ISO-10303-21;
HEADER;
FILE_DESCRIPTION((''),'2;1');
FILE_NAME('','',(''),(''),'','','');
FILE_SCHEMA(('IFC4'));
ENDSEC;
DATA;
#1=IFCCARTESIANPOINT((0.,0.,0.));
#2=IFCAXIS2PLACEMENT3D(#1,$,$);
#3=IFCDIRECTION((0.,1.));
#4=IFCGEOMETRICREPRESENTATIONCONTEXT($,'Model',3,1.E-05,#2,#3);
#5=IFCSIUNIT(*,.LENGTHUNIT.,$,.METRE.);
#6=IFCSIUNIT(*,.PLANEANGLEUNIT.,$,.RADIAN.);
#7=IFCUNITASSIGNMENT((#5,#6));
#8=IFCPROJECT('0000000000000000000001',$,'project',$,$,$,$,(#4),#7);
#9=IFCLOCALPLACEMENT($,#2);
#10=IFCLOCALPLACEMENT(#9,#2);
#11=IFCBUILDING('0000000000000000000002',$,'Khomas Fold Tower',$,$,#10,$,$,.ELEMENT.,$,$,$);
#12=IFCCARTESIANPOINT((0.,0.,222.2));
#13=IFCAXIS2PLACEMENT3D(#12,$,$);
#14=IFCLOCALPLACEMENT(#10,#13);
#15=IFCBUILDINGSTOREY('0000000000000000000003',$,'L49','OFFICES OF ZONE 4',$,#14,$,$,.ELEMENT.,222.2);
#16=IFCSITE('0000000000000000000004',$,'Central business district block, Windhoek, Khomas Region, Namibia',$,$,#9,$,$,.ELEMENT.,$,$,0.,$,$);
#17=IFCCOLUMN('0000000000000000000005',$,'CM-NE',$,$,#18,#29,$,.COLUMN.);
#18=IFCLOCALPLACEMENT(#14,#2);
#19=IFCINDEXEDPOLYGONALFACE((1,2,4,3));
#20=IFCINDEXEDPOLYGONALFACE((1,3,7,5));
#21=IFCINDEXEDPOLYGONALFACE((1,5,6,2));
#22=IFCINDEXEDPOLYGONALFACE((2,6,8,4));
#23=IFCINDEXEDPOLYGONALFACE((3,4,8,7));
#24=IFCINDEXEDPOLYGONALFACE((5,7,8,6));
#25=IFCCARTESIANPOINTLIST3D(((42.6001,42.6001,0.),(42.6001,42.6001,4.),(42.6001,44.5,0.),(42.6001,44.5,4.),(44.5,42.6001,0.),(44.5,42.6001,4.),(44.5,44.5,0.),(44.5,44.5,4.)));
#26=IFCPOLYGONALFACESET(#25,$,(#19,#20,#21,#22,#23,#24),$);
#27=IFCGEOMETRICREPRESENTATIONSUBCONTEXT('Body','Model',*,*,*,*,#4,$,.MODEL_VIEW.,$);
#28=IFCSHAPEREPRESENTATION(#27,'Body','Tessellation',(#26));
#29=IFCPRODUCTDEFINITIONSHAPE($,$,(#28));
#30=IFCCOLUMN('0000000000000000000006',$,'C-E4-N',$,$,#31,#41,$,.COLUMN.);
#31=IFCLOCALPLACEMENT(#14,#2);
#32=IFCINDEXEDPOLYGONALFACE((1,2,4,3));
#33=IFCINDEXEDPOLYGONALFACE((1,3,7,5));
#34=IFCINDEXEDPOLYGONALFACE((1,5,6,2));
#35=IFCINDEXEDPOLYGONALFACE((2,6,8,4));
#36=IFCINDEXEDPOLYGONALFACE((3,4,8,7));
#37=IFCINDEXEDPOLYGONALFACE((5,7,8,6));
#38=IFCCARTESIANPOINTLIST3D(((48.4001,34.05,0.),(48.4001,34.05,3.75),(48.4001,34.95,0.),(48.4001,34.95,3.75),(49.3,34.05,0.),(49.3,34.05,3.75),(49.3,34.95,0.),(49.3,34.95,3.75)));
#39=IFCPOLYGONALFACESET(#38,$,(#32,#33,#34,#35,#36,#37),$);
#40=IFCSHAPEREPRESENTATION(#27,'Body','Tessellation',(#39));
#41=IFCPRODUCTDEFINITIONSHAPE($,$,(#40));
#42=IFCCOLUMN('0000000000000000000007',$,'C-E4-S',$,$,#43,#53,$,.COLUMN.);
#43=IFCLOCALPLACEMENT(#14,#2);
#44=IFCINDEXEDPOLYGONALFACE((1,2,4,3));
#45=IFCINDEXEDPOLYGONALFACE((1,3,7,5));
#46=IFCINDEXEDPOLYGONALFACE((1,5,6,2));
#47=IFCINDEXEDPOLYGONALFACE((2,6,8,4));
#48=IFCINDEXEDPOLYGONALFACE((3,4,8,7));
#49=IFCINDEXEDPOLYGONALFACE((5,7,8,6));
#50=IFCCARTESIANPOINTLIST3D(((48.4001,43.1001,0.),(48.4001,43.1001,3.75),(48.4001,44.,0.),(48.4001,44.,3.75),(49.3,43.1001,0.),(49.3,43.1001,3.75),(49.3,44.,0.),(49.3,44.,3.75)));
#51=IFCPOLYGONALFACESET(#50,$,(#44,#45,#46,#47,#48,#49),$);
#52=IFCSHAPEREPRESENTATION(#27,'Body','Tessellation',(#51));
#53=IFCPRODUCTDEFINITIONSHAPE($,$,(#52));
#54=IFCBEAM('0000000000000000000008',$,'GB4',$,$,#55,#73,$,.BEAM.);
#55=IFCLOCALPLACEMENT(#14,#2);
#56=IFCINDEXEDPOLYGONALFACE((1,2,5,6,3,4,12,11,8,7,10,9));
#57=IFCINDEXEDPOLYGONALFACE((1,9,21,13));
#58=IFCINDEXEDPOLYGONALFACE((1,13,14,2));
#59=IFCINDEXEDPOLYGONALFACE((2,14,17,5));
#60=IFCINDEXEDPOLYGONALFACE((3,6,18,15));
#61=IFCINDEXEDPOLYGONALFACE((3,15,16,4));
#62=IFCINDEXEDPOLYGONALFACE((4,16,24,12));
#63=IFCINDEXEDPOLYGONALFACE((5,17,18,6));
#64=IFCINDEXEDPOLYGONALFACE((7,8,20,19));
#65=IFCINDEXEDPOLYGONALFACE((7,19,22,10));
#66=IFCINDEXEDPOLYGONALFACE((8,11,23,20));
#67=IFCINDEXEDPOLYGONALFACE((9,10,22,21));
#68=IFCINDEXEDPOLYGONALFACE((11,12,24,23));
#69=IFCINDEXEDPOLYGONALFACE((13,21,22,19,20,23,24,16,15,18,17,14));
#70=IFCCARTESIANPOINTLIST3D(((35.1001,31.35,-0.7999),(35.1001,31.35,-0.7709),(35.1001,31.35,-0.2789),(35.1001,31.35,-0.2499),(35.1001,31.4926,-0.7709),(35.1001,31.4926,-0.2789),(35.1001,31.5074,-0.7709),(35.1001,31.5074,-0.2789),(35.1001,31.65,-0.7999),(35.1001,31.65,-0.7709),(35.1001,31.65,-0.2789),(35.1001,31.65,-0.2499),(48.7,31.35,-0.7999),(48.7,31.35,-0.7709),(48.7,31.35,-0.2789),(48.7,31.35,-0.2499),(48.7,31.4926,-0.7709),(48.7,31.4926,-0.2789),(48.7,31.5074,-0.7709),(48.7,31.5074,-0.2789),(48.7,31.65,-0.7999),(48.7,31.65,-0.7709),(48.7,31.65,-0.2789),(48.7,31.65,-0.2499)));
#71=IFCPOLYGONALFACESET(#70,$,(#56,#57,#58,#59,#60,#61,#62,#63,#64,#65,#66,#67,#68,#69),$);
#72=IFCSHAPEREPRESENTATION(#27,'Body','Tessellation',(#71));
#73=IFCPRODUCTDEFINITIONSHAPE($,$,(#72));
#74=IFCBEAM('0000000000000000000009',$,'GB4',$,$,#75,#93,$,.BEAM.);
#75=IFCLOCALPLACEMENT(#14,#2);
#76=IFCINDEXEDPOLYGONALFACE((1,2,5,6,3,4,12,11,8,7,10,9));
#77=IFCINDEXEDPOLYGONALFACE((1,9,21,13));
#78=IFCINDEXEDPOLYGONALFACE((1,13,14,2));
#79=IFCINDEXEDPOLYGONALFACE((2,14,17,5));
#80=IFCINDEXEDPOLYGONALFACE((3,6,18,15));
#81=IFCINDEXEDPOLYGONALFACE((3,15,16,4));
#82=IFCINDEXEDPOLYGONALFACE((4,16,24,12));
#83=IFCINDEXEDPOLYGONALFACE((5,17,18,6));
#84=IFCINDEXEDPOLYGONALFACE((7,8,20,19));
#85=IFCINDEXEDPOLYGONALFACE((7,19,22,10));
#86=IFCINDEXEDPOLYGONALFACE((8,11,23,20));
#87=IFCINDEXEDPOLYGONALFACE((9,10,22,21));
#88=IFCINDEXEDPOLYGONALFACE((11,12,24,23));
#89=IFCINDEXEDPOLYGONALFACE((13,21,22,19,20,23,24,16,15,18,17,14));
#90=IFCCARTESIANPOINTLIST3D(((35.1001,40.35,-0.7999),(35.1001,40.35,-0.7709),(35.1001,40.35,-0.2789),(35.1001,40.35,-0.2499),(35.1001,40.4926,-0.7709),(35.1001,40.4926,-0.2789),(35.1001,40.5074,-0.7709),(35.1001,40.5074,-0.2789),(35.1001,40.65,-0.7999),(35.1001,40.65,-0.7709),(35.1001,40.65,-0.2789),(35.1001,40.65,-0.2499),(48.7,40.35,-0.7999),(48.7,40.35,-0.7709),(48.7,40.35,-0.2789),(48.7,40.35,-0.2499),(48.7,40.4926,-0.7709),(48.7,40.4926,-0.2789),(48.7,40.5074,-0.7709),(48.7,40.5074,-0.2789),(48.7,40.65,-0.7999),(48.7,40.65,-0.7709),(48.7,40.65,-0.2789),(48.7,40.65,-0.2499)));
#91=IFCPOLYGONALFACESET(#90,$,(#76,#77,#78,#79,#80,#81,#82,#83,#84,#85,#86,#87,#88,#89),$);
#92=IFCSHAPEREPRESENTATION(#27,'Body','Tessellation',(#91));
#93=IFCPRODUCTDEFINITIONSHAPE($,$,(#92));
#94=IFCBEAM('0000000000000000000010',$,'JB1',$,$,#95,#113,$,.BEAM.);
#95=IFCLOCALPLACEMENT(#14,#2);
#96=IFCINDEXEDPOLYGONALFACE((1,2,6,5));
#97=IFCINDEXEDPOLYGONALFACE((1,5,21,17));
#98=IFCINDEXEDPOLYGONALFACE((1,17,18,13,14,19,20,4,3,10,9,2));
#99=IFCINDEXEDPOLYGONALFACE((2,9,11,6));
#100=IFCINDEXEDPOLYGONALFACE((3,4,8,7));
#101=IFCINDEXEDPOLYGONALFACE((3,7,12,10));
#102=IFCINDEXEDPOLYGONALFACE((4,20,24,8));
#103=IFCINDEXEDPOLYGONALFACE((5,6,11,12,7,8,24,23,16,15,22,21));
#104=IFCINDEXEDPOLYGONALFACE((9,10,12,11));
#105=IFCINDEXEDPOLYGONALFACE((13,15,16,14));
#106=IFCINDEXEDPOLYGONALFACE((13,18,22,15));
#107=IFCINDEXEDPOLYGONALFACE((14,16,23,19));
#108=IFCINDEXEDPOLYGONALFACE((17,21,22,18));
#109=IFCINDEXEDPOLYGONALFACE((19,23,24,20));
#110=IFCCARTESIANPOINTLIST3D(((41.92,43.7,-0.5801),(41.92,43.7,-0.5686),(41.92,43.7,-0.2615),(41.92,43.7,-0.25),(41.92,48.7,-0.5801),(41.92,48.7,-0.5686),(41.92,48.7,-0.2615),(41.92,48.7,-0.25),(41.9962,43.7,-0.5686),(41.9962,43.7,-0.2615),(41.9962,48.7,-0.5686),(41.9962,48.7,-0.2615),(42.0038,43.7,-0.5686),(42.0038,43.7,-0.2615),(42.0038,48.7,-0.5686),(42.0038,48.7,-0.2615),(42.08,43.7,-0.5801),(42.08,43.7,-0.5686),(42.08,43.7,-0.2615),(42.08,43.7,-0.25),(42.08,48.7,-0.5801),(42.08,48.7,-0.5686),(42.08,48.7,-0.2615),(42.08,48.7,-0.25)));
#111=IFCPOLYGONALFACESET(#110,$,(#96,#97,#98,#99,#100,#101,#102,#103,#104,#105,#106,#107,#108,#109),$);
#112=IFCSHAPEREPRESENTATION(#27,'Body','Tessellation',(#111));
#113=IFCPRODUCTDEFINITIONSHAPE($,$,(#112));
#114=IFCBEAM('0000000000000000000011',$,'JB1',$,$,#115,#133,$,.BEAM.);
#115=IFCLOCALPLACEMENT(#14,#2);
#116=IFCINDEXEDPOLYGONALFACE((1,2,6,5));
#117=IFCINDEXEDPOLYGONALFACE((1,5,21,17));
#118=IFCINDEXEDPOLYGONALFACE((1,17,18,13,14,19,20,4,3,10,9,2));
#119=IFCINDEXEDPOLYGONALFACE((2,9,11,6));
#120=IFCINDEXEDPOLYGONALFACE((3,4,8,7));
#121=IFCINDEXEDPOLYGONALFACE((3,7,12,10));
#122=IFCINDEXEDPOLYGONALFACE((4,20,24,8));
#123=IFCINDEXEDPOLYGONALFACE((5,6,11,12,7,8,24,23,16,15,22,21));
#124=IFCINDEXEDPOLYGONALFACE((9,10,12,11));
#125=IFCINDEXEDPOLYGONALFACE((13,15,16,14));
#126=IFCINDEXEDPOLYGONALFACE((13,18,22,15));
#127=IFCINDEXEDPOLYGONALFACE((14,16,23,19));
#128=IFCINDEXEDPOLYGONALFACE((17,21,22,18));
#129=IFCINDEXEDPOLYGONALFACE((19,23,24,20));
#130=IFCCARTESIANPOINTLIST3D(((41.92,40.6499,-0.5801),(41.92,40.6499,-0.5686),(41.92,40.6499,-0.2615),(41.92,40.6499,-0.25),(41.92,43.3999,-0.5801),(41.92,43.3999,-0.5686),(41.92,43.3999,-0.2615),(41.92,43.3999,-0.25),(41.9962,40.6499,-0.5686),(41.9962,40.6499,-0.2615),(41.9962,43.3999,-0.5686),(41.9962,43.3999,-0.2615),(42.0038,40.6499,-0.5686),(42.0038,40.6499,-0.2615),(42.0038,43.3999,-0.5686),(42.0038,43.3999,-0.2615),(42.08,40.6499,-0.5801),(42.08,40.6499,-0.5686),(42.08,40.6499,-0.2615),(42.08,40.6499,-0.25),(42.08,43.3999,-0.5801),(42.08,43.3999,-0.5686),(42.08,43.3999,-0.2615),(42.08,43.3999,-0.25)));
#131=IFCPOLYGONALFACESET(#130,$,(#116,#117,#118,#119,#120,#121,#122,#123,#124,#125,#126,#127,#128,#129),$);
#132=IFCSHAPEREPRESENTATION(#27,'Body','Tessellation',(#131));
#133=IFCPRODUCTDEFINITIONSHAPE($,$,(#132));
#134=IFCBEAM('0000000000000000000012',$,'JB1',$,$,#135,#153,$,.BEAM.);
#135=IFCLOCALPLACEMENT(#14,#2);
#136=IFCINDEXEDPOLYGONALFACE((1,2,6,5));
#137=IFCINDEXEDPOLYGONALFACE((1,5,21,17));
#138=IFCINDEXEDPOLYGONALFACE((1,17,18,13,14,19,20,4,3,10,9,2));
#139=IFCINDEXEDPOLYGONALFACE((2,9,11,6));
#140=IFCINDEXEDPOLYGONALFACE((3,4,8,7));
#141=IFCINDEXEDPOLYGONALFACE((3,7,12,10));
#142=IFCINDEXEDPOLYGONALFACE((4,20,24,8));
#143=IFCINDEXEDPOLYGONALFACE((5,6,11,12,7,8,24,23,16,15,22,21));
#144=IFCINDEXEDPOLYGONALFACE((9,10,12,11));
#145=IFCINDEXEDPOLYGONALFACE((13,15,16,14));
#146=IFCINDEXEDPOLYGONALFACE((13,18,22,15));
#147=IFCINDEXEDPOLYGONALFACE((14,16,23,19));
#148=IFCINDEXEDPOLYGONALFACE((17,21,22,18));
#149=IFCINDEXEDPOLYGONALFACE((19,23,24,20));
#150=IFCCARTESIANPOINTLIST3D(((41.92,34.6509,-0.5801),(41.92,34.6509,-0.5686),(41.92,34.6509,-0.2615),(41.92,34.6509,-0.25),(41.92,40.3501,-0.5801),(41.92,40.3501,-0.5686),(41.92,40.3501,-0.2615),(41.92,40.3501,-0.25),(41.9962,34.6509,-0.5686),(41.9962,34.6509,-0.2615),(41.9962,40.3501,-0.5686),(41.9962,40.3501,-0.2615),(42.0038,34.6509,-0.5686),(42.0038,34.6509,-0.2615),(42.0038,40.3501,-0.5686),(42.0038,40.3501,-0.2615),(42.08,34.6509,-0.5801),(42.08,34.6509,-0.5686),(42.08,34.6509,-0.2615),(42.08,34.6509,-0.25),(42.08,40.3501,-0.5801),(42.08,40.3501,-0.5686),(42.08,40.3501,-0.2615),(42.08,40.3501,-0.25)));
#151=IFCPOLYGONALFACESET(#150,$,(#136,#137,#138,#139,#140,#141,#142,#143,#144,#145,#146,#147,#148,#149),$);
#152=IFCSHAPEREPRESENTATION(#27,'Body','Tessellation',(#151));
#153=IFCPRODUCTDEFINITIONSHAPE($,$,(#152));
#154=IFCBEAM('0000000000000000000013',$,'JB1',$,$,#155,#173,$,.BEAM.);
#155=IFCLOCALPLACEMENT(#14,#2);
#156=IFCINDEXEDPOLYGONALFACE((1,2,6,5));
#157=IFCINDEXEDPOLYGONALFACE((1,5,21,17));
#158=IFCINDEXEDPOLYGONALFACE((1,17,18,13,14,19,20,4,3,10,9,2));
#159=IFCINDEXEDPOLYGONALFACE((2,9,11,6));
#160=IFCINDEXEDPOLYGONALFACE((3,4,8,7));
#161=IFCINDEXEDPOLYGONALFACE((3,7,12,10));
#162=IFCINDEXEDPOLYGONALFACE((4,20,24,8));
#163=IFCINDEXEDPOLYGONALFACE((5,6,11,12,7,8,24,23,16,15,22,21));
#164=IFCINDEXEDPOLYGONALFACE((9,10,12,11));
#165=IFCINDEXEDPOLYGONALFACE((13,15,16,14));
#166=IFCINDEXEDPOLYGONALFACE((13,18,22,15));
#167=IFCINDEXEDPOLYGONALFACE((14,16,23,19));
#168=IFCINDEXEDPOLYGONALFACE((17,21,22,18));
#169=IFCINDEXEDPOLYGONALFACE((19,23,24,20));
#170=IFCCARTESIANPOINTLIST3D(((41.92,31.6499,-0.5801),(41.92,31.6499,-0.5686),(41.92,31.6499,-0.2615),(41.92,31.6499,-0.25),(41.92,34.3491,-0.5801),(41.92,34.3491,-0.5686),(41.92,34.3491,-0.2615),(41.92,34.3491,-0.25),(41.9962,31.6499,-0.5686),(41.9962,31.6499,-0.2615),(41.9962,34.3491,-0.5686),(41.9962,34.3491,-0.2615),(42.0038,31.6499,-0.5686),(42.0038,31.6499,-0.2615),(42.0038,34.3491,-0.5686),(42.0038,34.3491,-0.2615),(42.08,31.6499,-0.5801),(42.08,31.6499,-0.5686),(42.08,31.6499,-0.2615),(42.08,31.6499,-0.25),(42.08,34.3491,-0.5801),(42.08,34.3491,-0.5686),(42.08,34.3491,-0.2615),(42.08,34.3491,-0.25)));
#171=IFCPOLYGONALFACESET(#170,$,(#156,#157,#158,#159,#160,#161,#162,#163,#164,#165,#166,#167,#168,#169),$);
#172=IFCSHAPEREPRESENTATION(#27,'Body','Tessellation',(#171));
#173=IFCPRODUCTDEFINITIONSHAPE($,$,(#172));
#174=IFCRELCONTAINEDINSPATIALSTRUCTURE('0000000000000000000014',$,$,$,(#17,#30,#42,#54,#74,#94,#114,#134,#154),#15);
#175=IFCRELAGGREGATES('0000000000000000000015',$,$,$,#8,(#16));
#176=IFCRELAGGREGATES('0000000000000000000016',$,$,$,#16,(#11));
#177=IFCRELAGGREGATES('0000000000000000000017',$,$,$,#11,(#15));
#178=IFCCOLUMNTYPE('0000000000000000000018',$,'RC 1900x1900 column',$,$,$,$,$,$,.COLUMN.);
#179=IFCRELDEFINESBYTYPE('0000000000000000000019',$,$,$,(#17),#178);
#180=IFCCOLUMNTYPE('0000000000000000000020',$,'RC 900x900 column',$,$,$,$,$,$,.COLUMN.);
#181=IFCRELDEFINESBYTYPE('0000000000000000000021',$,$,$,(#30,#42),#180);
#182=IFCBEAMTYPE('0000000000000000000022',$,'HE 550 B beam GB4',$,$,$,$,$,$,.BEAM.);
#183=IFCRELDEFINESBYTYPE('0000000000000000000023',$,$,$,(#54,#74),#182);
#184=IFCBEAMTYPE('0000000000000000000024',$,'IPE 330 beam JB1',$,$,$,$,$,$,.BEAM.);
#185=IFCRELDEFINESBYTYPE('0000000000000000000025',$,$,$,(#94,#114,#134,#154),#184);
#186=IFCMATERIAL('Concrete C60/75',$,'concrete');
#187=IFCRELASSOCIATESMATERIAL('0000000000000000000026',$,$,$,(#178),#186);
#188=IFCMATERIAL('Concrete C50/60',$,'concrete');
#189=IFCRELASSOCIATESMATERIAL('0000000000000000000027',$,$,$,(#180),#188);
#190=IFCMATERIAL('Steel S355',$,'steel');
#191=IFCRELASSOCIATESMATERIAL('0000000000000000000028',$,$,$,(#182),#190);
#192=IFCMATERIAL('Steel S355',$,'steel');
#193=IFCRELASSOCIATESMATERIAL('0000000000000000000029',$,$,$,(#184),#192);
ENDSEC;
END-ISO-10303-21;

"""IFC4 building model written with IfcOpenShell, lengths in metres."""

from ifc_helpers import new_model, si_unit, direction, frame, origin, origin_2d, place, context, subcontext, project, spatial, rectangle, i_section, extrude, source, transform, mapped, material, material_profile, profile_set, type_object, element, save


model = new_model("IFC4")

# Units and contexts
model_context = context("Model", 3, precision=1e-05, world=origin(), true_north=direction((0.0, 1.0)))
body_context = subcontext(model_context, "Body", "Model", "MODEL_VIEW")
ifc_project = project(units=[si_unit("LENGTHUNIT", "METRE"), si_unit("PLANEANGLEUNIT", "RADIAN")], contexts=[model_context])

# Site, building, storey
site_placement = place(None, origin())
site = spatial("IfcSite", under=ifc_project, at=site_placement, Name="Central business district block, Windhoek, Khomas Region, Namibia", CompositionType="ELEMENT", RefElevation=0.0)
building_placement = place(site_placement, origin())
building = spatial("IfcBuilding", under=site, at=building_placement, Name="Khomas Fold Tower", CompositionType="ELEMENT")
storey_placement = place(building_placement, frame((0.0, 0.0, 222.2)))
storey = spatial("IfcBuildingStorey", under=building, at=storey_placement, Name="L49", Description="OFFICES OF ZONE 4", CompositionType="ELEMENT", Elevation=222.2)

# Columns
ifc_material_1 = material(Name="Concrete C60/75", Category="concrete")
ifc_material_profile_1 = material_profile(ifc_material_1, rectangle(XDim=1.8999, YDim=1.8999, at=origin_2d()), Name="RC 1900x1900")
ifc_profile_set_1 = profile_set([ifc_material_profile_1], Name="Concrete C60/75")
column_type_1 = type_object("IfcColumnType", Name="RC 1900x1900 column", PredefinedType="COLUMN", material=ifc_profile_set_1)
shared_shape_1 = source(origin(), body_context, "Body", "SweptSolid", [
    extrude(rectangle(XDim=1.8999, YDim=1.8999, at=origin_2d()), origin(), (0.0, 0.0, 1.0), 4.0),
])
column_placement = place(storey_placement, frame((43.55, 43.55, 0.0), z_axis=(0.0, 0.0, 1.0), x_axis=(1.0, 0.0, 0.0)))
element("IfcColumn", 1, at=column_placement, inside=storey, type_object=column_type_1, Name="CM-NE", PredefinedType="COLUMN", context=body_context, shape_type="MappedRepresentation", body=[
    mapped(shared_shape_1, transform((0.0, 0.0, 0.0))),
])
ifc_material_2 = material(Name="Concrete C50/60", Category="concrete")
ifc_material_profile_2 = material_profile(ifc_material_2, rectangle(XDim=0.8999, YDim=0.8999, at=origin_2d()), Name="RC 900x900")
ifc_profile_set_2 = profile_set([ifc_material_profile_2], Name="Concrete C50/60")
column_type_2 = type_object("IfcColumnType", Name="RC 900x900 column", PredefinedType="COLUMN", material=ifc_profile_set_2)
shared_shape_2 = source(origin(), body_context, "Body", "SweptSolid", [
    extrude(rectangle(XDim=0.8999, YDim=0.8999, at=origin_2d()), origin(), (0.0, 0.0, 1.0), 3.75),
])
for number, where, z_axis, x_axis, name in (
    (2, (48.8501, 34.5, 0.0), (0.0, 0.0, 1.0), (1.0, 0.0, 0.0), "C-E4-N"),
    (3, (48.8501, 43.55, 0.0), (0.0, 0.0, 1.0), (1.0, 0.0, 0.0), "C-E4-S"),
):
    element("IfcColumn", number, at=place(storey_placement, frame(where, z_axis=z_axis, x_axis=x_axis)), inside=storey, type_object=column_type_2, Name=name, PredefinedType="COLUMN", context=body_context, shape_type="MappedRepresentation", body=[
        mapped(shared_shape_2, transform((0.0, 0.0, 0.0))),
    ])

# Beams
ifc_material_3 = material(Name="Steel S355", Category="steel")
ifc_material_profile_3 = material_profile(ifc_material_3, i_section(OverallWidth=0.3, OverallDepth=0.55, WebThickness=0.0149, FlangeThickness=0.0291, at=origin_2d()), Name="HE 550 B")
ifc_profile_set_3 = profile_set([ifc_material_profile_3], Name="Steel S355")
beam_type_1 = type_object("IfcBeamType", Name="HE 550 B beam GB4", PredefinedType="BEAM", material=ifc_profile_set_3)
shared_shape_3 = source(origin(), body_context, "Body", "SweptSolid", [
    extrude(i_section(OverallWidth=0.3, OverallDepth=0.55, WebThickness=0.0149, FlangeThickness=0.0291, at=origin_2d()), origin(), (0.0, 0.0, 1.0), 13.5999),
])
for number, where, z_axis, x_axis, name in (
    (4, (35.1001, 31.5, -0.5249), (1.0, 0.0, 0.0), (0.0, 1.0, 0.0), "GB4"),
    (5, (35.1001, 40.5, -0.5249), (1.0, 0.0, 0.0), (0.0, 1.0, 0.0), "GB4"),
):
    element("IfcBeam", number, at=place(storey_placement, frame(where, z_axis=z_axis, x_axis=x_axis)), inside=storey, type_object=beam_type_1, Name=name, PredefinedType="BEAM", context=body_context, shape_type="MappedRepresentation", body=[
        mapped(shared_shape_3, transform((0.0, 0.0, 0.0))),
    ])
ifc_material_4 = material(Name="Steel S355", Category="steel")
ifc_material_profile_4 = material_profile(ifc_material_4, i_section(OverallWidth=0.1599, OverallDepth=0.3301, WebThickness=0.0076, FlangeThickness=0.0115, at=origin_2d()), Name="IPE 330")
ifc_profile_set_4 = profile_set([ifc_material_profile_4], Name="Steel S355")
beam_type_2 = type_object("IfcBeamType", Name="IPE 330 beam JB1", PredefinedType="BEAM", material=ifc_profile_set_4)
shared_shape_4 = source(origin(), body_context, "Body", "SweptSolid", [
    extrude(i_section(OverallWidth=0.1599, OverallDepth=0.3301, WebThickness=0.0076, FlangeThickness=0.0115, at=origin_2d()), origin(), (0.0, 0.0, 1.0), 5.0),
])
beam_1_placement = place(storey_placement, frame((42.0, 43.7, -0.415), z_axis=(0.0, 1.0, 0.0), x_axis=(-1.0, 0.0, 0.0)))
element("IfcBeam", 6, at=beam_1_placement, inside=storey, type_object=beam_type_2, Name="JB1", PredefinedType="BEAM", context=body_context, shape_type="MappedRepresentation", body=[
    mapped(shared_shape_4, transform((0.0, 0.0, 0.0))),
])
shared_shape_5 = source(origin(), body_context, "Body", "SweptSolid", [
    extrude(i_section(OverallWidth=0.1599, OverallDepth=0.3301, WebThickness=0.0076, FlangeThickness=0.0115, at=origin_2d()), origin(), (0.0, 0.0, 1.0), 2.75),
])
beam_2_placement = place(storey_placement, frame((42.0, 40.6499, -0.415), z_axis=(0.0, 1.0, 0.0), x_axis=(-1.0, 0.0, 0.0)))
element("IfcBeam", 7, at=beam_2_placement, inside=storey, type_object=beam_type_2, Name="JB1", PredefinedType="BEAM", context=body_context, shape_type="MappedRepresentation", body=[
    mapped(shared_shape_5, transform((0.0, 0.0, 0.0))),
])
shared_shape_6 = source(origin(), body_context, "Body", "SweptSolid", [
    extrude(i_section(OverallWidth=0.1599, OverallDepth=0.3301, WebThickness=0.0076, FlangeThickness=0.0115, at=origin_2d()), origin(), (0.0, 0.0, 1.0), 5.6992),
])
beam_3_placement = place(storey_placement, frame((42.0, 34.6509, -0.415), z_axis=(0.0, 1.0, 0.0), x_axis=(-1.0, 0.0, 0.0)))
element("IfcBeam", 8, at=beam_3_placement, inside=storey, type_object=beam_type_2, Name="JB1", PredefinedType="BEAM", context=body_context, shape_type="MappedRepresentation", body=[
    mapped(shared_shape_6, transform((0.0, 0.0, 0.0))),
])
shared_shape_7 = source(origin(), body_context, "Body", "SweptSolid", [
    extrude(i_section(OverallWidth=0.1599, OverallDepth=0.3301, WebThickness=0.0076, FlangeThickness=0.0115, at=origin_2d()), origin(), (0.0, 0.0, 1.0), 2.6992),
])
beam_4_placement = place(storey_placement, frame((42.0, 31.6499, -0.415), z_axis=(0.0, 1.0, 0.0), x_axis=(-1.0, 0.0, 0.0)))
element("IfcBeam", 9, at=beam_4_placement, inside=storey, type_object=beam_type_2, Name="JB1", PredefinedType="BEAM", context=body_context, shape_type="MappedRepresentation", body=[
    mapped(shared_shape_7, transform((0.0, 0.0, 0.0))),
])

save(model, "model.ifc")
